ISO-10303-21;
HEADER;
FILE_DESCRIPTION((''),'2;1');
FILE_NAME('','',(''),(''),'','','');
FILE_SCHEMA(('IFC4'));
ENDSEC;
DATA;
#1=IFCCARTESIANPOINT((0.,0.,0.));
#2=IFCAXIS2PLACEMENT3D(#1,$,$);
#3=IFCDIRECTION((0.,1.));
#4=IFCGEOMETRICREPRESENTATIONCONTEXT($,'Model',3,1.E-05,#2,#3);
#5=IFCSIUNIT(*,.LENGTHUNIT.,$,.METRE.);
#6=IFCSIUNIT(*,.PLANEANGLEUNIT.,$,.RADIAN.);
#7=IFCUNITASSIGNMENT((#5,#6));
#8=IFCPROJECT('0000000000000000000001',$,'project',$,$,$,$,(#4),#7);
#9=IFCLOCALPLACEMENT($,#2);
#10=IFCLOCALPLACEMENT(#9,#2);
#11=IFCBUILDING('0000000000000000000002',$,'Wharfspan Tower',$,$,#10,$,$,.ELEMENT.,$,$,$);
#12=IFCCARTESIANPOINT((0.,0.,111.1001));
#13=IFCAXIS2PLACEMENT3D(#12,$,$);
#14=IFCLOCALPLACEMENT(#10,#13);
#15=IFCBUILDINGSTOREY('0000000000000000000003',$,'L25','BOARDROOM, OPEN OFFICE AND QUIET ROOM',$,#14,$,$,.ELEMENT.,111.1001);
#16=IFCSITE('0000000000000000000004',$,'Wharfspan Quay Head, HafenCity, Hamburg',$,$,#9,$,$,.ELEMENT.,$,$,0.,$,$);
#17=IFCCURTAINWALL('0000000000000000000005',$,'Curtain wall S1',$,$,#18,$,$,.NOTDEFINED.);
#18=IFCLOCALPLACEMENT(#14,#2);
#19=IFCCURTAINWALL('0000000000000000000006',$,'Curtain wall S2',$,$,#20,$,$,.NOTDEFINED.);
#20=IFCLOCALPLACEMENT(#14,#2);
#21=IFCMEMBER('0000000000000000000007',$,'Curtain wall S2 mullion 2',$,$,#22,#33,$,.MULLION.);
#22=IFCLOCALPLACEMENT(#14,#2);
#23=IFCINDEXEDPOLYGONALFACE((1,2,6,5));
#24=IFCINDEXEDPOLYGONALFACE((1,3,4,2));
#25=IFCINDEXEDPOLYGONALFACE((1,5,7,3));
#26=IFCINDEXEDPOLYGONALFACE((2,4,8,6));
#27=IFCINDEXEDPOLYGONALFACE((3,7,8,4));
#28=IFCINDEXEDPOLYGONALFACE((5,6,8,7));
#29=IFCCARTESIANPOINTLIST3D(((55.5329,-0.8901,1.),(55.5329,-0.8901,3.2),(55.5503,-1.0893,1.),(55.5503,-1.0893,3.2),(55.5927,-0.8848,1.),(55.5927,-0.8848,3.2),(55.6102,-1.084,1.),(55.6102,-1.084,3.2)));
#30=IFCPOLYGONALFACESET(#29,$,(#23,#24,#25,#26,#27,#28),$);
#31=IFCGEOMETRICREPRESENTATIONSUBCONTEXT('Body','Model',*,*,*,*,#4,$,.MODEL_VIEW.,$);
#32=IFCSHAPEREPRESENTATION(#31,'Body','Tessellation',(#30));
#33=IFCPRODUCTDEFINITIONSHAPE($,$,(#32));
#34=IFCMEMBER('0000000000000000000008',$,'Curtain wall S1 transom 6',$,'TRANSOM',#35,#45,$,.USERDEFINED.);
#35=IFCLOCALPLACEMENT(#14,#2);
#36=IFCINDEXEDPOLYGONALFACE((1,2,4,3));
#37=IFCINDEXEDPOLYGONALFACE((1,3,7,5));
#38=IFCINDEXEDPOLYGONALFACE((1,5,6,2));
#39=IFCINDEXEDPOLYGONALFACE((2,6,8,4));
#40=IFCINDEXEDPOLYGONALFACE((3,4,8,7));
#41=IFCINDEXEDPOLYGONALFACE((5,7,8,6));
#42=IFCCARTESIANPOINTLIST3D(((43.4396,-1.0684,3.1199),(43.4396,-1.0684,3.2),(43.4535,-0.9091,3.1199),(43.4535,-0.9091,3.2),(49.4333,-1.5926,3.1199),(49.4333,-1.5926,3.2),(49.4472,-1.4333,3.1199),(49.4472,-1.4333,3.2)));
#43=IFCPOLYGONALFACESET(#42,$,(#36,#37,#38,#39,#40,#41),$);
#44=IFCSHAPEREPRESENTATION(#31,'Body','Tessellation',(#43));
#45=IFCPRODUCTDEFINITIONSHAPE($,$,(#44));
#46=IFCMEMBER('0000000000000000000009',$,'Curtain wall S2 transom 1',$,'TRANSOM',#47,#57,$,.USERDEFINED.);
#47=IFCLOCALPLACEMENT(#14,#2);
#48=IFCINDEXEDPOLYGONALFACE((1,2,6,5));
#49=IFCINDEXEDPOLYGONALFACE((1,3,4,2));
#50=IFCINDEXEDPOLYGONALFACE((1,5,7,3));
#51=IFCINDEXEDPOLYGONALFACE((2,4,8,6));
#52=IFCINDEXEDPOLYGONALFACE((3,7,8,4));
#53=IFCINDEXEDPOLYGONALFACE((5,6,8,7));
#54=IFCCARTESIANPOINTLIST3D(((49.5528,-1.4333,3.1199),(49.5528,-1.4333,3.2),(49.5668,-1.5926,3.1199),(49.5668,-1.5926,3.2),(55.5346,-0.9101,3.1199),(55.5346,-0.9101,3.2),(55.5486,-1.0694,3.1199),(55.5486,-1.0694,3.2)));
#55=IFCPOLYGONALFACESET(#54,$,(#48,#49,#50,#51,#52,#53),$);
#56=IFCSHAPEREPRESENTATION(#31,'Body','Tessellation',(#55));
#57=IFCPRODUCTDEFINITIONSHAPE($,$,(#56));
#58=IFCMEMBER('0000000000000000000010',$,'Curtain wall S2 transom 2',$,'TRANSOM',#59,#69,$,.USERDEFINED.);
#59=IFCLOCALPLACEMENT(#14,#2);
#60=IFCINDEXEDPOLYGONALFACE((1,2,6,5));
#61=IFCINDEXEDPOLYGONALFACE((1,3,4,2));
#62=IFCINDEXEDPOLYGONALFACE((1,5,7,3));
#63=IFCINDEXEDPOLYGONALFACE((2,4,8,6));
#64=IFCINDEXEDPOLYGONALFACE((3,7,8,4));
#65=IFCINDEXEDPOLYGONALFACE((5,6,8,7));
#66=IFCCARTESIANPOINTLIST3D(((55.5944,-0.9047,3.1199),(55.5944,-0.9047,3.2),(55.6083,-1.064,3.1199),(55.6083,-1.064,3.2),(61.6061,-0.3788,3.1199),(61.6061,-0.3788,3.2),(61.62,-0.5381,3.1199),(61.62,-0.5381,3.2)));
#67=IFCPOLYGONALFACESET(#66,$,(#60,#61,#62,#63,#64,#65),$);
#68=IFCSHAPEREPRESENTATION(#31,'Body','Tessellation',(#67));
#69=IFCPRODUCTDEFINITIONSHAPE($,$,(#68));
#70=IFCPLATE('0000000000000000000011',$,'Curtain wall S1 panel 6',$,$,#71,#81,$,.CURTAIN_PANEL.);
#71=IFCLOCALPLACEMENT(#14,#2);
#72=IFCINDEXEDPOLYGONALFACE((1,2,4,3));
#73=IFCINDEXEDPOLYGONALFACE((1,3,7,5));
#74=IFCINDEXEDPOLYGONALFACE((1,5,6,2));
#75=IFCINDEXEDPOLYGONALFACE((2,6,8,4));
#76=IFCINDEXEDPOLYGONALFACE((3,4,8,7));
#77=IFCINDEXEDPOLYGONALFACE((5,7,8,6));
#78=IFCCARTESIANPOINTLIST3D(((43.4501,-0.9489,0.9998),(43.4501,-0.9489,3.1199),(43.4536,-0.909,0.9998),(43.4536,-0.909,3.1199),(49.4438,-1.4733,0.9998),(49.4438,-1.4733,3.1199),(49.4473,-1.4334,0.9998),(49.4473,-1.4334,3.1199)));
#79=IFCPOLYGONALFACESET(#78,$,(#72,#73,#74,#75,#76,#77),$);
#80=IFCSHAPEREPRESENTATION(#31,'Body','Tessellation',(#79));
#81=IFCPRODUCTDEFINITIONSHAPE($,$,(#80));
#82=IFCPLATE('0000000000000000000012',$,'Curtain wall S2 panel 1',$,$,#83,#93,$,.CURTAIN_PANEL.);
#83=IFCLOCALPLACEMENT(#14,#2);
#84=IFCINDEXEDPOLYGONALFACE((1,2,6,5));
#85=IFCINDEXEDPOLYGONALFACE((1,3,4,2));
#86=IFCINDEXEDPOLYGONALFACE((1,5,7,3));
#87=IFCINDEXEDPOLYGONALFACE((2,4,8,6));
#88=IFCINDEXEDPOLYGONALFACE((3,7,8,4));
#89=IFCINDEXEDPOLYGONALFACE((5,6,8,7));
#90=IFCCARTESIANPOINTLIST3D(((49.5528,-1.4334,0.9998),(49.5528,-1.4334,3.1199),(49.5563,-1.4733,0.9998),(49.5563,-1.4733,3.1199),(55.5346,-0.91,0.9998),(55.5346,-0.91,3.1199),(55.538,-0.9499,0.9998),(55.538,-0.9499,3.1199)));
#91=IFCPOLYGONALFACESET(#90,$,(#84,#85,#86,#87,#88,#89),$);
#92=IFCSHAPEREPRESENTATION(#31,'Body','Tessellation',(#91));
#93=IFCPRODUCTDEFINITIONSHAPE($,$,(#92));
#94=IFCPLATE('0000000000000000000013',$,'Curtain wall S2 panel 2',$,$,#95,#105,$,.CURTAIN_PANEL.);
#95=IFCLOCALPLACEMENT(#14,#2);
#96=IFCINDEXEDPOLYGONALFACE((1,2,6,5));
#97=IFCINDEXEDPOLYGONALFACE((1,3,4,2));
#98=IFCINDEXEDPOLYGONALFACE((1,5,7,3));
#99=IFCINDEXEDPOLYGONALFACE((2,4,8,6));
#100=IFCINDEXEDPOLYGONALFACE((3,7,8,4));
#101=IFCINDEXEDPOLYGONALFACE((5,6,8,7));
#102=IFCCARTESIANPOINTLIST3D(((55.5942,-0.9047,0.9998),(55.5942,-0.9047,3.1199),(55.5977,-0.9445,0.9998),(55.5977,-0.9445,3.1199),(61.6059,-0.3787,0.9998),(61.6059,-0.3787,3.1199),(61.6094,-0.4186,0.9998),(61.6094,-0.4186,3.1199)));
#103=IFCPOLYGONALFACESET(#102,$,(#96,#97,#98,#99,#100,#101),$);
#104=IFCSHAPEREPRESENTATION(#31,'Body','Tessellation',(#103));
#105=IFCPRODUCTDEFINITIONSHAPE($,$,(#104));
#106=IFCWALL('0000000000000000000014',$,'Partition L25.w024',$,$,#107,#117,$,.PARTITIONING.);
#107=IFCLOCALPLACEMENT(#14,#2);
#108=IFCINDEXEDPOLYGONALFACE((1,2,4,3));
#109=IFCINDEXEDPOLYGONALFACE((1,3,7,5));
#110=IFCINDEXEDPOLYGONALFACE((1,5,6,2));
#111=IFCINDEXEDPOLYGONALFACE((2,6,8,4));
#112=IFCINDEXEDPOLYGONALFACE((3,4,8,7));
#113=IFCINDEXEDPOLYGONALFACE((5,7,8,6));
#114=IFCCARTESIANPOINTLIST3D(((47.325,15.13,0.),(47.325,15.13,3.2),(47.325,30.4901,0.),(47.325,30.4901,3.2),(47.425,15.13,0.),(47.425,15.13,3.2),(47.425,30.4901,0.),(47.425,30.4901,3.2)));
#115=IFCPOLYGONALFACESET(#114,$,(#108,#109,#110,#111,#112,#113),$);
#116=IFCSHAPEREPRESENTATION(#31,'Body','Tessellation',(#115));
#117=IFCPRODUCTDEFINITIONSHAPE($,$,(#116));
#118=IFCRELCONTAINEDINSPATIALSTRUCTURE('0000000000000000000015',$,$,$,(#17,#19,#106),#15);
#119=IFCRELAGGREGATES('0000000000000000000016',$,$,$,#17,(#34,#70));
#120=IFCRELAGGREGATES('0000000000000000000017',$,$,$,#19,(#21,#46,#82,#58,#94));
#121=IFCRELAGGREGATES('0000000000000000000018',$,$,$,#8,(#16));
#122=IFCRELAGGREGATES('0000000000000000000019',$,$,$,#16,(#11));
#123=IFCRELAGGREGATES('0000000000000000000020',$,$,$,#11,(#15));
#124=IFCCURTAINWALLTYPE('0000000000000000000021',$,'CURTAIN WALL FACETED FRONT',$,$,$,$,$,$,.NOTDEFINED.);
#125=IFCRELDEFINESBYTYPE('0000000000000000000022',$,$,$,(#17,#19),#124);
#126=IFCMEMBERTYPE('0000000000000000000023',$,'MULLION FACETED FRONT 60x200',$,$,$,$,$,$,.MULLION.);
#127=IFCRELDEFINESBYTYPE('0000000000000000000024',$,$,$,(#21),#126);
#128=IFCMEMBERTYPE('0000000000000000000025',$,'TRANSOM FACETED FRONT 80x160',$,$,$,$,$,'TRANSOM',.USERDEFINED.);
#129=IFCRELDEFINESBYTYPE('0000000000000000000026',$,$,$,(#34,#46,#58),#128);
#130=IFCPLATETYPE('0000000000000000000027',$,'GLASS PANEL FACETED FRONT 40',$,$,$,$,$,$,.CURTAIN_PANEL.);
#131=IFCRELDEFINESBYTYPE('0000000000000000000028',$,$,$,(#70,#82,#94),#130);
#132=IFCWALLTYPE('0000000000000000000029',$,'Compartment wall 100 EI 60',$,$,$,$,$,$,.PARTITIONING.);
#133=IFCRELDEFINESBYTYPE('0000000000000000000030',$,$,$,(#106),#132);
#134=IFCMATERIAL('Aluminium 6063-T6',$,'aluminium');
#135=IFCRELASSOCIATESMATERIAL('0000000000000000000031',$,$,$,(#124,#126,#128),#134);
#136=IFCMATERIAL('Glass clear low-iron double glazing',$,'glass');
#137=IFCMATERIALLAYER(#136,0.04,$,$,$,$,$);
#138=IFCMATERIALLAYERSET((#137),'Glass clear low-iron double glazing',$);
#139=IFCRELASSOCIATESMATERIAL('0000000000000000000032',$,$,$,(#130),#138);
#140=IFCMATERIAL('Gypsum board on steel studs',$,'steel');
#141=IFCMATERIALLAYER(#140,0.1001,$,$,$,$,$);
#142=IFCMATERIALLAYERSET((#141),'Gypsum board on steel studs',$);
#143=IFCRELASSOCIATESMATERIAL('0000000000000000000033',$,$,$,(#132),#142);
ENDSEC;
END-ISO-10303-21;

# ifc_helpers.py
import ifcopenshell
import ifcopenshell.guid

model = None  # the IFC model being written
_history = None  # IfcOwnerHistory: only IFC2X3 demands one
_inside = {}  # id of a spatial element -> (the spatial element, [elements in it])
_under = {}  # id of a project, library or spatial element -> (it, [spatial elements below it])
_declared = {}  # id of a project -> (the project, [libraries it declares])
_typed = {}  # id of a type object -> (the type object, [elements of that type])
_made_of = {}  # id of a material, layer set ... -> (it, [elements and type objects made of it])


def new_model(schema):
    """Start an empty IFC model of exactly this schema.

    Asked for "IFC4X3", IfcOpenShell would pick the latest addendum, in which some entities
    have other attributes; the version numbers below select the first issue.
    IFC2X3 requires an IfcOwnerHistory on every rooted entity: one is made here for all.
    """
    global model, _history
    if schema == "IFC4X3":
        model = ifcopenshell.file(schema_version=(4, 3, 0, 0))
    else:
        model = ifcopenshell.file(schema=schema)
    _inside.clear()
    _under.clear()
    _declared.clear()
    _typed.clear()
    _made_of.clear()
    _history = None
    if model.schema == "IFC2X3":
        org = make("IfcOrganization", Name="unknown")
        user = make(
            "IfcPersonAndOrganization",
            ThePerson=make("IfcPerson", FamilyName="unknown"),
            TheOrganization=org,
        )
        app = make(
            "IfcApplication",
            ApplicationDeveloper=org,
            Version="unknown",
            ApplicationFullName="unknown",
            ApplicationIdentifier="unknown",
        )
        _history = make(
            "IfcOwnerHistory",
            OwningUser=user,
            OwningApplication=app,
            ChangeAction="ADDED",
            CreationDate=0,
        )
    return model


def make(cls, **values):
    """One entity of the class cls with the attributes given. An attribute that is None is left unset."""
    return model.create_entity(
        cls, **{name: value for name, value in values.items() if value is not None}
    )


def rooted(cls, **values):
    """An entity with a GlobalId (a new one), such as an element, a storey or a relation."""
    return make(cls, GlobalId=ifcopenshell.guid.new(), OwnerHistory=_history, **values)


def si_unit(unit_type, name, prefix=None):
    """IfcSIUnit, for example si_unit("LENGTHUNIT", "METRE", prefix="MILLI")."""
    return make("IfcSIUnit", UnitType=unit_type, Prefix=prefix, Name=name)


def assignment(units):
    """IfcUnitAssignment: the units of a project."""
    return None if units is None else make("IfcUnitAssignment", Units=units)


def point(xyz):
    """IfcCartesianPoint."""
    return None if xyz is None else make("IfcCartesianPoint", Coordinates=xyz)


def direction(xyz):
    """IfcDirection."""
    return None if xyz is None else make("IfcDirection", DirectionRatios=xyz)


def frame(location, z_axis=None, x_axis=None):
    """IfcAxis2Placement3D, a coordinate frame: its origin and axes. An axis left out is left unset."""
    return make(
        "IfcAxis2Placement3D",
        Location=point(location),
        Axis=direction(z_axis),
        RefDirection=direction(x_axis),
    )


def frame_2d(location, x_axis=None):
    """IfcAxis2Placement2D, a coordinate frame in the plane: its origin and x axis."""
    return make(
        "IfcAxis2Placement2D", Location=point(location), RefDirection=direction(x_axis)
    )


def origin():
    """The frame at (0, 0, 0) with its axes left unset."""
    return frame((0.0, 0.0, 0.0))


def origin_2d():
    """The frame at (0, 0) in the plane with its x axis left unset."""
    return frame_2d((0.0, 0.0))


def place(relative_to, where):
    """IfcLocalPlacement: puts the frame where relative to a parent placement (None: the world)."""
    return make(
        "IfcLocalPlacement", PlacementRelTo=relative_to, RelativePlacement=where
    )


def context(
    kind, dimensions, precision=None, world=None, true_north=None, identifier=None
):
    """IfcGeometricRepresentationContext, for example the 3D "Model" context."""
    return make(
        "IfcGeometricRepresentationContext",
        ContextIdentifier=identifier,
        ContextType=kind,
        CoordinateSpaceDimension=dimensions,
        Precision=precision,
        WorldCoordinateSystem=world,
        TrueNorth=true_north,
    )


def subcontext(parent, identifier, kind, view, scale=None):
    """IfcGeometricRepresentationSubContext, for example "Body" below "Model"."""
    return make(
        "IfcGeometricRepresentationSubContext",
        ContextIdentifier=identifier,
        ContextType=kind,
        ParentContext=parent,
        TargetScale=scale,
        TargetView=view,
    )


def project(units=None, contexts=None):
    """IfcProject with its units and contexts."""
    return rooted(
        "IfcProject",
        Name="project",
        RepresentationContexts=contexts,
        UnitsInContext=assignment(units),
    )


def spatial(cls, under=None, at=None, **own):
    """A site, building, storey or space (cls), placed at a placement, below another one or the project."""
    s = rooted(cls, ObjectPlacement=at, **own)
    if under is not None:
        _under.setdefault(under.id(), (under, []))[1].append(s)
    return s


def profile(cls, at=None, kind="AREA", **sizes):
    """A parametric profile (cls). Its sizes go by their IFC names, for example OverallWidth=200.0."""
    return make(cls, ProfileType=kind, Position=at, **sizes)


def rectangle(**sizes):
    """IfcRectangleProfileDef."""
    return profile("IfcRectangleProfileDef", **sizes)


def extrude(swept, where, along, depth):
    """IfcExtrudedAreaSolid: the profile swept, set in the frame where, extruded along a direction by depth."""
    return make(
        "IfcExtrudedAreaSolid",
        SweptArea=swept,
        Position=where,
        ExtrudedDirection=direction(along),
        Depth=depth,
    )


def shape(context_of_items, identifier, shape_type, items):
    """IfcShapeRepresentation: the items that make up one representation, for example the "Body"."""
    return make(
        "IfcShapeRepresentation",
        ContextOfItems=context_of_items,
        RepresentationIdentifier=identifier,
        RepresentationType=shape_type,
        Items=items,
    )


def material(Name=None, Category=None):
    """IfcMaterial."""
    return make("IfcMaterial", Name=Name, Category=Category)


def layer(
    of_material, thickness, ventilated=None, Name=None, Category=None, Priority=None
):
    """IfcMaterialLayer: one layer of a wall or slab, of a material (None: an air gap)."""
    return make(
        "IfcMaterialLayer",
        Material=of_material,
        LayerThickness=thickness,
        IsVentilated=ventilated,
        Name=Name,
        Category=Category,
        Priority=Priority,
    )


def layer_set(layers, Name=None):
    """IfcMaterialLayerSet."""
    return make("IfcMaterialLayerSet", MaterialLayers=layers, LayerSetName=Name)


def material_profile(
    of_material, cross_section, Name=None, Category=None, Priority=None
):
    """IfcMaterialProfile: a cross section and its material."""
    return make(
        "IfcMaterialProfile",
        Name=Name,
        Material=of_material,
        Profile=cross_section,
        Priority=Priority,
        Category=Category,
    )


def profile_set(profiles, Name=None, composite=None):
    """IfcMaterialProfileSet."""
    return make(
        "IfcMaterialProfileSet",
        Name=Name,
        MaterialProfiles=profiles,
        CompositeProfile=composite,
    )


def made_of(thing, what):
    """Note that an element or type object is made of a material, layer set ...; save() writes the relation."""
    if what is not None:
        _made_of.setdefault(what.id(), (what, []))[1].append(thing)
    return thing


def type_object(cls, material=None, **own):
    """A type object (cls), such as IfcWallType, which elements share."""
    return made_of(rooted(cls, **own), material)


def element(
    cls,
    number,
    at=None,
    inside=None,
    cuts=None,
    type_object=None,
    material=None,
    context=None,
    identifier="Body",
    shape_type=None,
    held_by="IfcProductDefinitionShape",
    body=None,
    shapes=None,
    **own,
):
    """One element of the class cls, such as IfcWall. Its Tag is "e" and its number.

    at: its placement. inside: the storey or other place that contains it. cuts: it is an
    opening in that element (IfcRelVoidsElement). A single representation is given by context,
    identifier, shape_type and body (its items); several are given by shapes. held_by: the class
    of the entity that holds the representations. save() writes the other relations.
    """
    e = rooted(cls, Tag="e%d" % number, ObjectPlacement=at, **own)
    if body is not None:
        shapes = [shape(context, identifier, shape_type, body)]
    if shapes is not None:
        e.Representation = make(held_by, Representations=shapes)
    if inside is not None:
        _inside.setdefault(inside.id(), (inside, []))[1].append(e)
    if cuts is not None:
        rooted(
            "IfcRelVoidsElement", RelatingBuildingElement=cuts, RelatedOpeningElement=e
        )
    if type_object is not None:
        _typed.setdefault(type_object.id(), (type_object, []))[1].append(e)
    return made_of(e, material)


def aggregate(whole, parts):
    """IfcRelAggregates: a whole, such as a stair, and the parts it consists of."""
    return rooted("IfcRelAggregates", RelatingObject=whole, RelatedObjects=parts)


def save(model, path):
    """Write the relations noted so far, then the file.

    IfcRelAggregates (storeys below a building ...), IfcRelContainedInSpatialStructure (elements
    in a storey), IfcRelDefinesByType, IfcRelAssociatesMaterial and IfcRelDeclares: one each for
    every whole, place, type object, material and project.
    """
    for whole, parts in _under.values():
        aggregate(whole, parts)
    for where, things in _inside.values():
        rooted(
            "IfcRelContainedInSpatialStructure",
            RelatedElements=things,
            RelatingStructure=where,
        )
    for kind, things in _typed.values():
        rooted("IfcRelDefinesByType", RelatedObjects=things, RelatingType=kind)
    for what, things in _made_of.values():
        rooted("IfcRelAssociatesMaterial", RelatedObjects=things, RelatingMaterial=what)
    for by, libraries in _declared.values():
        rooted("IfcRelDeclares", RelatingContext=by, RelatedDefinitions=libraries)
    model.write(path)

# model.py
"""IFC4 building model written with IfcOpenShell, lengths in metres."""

from ifc_helpers import new_model, si_unit, direction, frame, frame_2d, origin, origin_2d, place, context, subcontext, project, spatial, rectangle, extrude, material, layer, layer_set, material_profile, profile_set, type_object, element, aggregate, save


model = new_model("IFC4")

# Units and contexts
model_context = context("Model", 3, precision=1e-05, world=origin(), true_north=direction((0.0, 1.0)))
body_context = subcontext(model_context, "Body", "Model", "MODEL_VIEW")
ifc_project = project(units=[si_unit("LENGTHUNIT", "METRE"), si_unit("PLANEANGLEUNIT", "RADIAN")], contexts=[model_context])

# Site, building, storey
site_placement = place(None, origin())
site = spatial("IfcSite", under=ifc_project, at=site_placement, Name="Wharfspan Quay Head, HafenCity, Hamburg", CompositionType="ELEMENT", RefElevation=0.0)
building_placement = place(site_placement, origin())
building = spatial("IfcBuilding", under=site, at=building_placement, Name="Wharfspan Tower", CompositionType="ELEMENT")
storey_placement = place(building_placement, frame((0.0, 0.0, 111.1001)))
storey = spatial("IfcBuildingStorey", under=building, at=storey_placement, Name="L25", Description="BOARDROOM, OPEN OFFICE AND QUIET ROOM", CompositionType="ELEMENT", Elevation=111.1001)

# Curtain walls, member
ifc_material_1 = material(Name="Aluminium 6063-T6", Category="aluminium")
curtain_wall_type = type_object("IfcCurtainWallType", Name="CURTAIN WALL FACETED FRONT", PredefinedType="NOTDEFINED", material=ifc_material_1)
curtain_wall_1_placement = place(storey_placement, origin())
curtain_wall_1 = element("IfcCurtainWall", 1, at=curtain_wall_1_placement, inside=storey, type_object=curtain_wall_type, Name="Curtain wall S1", PredefinedType="NOTDEFINED")
ifc_material_profile_1 = material_profile(ifc_material_1, rectangle(XDim=0.2, YDim=0.0601, at=origin_2d()))
ifc_profile_set_1 = profile_set([ifc_material_profile_1], Name="Aluminium 6063-T6")
member_type_1 = type_object("IfcMemberType", Name="MULLION FACETED FRONT 60x200", PredefinedType="MULLION", material=ifc_profile_set_1)
curtain_wall_2_placement = place(storey_placement, origin())
curtain_wall_2 = element("IfcCurtainWall", 2, at=curtain_wall_2_placement, inside=storey, type_object=curtain_wall_type, Name="Curtain wall S2", PredefinedType="NOTDEFINED")
member_1_placement = place(storey_placement, frame((55.5715, -0.9871, 1.0), z_axis=(0.0, 0.0, 1.0), x_axis=(-0.087156, 0.996198, 0.0)))
member_1 = element("IfcMember", 3, at=member_1_placement, type_object=member_type_1, Name="Curtain wall S2 mullion 2", PredefinedType="MULLION", context=body_context, shape_type="SweptSolid", body=[
    extrude(rectangle(XDim=0.2, YDim=0.0601, at=origin_2d()), origin(), (0.0, 0.0, 1.0), 2.2),
])

# Members
ifc_material_profile_2 = material_profile(ifc_material_1, rectangle(XDim=0.1599, YDim=0.0801, at=origin_2d()))
ifc_profile_set_2 = profile_set([ifc_material_profile_2], Name="Aluminium 6063-T6")
member_type_2 = type_object("IfcMemberType", Name="TRANSOM FACETED FRONT 80x160", ElementType="TRANSOM", PredefinedType="USERDEFINED", material=ifc_profile_set_2)
member_2_placement = place(storey_placement, frame((43.4465, -0.9888, 3.1599), z_axis=(0.996198, -0.087122, 0.0), x_axis=(0.087122, 0.996198, 0.0)))
member_2 = element("IfcMember", 4, at=member_2_placement, type_object=member_type_2, Name="Curtain wall S1 transom 6", ObjectType="TRANSOM", PredefinedType="USERDEFINED", context=body_context, shape_type="SweptSolid", body=[
    extrude(rectangle(XDim=0.1599, YDim=0.0801, at=origin_2d()), origin(), (0.0, 0.0, 1.0), 6.0166),
])
member_3_placement = place(storey_placement, frame((49.5598, -1.5129, 3.1599), z_axis=(0.996197, 0.087133, 0.0), x_axis=(-0.087133, 0.996197, 0.0)))
member_3 = element("IfcMember", 5, at=member_3_placement, type_object=member_type_2, Name="Curtain wall S2 transom 1", ObjectType="TRANSOM", PredefinedType="USERDEFINED", context=body_context, shape_type="SweptSolid", body=[
    extrude(rectangle(XDim=0.1599, YDim=0.0801, at=origin_2d()), origin(), (0.0, 0.0, 1.0), 6.0046),
])
member_4_placement = place(storey_placement, frame((55.6013, -0.9844, 3.1599), z_axis=(0.996196, 0.087143, 0.0), x_axis=(-0.087143, 0.996196, 0.0)))
member_4 = element("IfcMember", 6, at=member_4_placement, type_object=member_type_2, Name="Curtain wall S2 transom 2", ObjectType="TRANSOM", PredefinedType="USERDEFINED", context=body_context, shape_type="SweptSolid", body=[
    extrude(rectangle(XDim=0.1599, YDim=0.0801, at=origin_2d()), origin(), (0.0, 0.0, 1.0), 6.0347),
])

# Plates
ifc_material_2 = material(Name="Glass clear low-iron double glazing", Category="glass")
ifc_layer_1 = layer(ifc_material_2, 0.04)
ifc_layer_set_1 = layer_set([ifc_layer_1], Name="Glass clear low-iron double glazing")
plate_type = type_object("IfcPlateType", Name="GLASS PANEL FACETED FRONT 40", PredefinedType="CURTAIN_PANEL", material=ifc_layer_set_1)
plate_1_placement = place(storey_placement, frame((46.4487, -1.1912, 0.9998), z_axis=(0.0, 0.0, 1.0), x_axis=(0.996198, -0.087156, 0.0)))
plate_1 = element("IfcPlate", 7, at=plate_1_placement, type_object=plate_type, Name="Curtain wall S1 panel 6", PredefinedType="CURTAIN_PANEL", context=body_context, shape_type="SweptSolid", body=[
    extrude(rectangle(XDim=6.0166, YDim=0.04, at=origin_2d()), origin(), (0.0, 0.0, 1.0), 2.1201),
])
aggregate(curtain_wall_1, [member_2, plate_1])
plate_2_placement = place(storey_placement, frame((52.5454, -1.1917, 0.9998), z_axis=(0.0, 0.0, 1.0), x_axis=(0.996198, 0.087156, 0.0)))
plate_2 = element("IfcPlate", 8, at=plate_2_placement, type_object=plate_type, Name="Curtain wall S2 panel 1", PredefinedType="CURTAIN_PANEL", context=body_context, shape_type="SweptSolid", body=[
    extrude(rectangle(XDim=6.0046, YDim=0.04, at=origin_2d()), origin(), (0.0, 0.0, 1.0), 2.1201),
])
plate_3_placement = place(storey_placement, frame((58.6018, -0.6616, 0.9998), z_axis=(0.0, 0.0, 1.0), x_axis=(0.996198, 0.087156, 0.0)))
plate_3 = element("IfcPlate", 9, at=plate_3_placement, type_object=plate_type, Name="Curtain wall S2 panel 2", PredefinedType="CURTAIN_PANEL", context=body_context, shape_type="SweptSolid", body=[
    extrude(rectangle(XDim=6.0347, YDim=0.04, at=origin_2d()), origin(), (0.0, 0.0, 1.0), 2.1201),
])
aggregate(curtain_wall_2, [member_1, member_3, plate_2, member_4, plate_3])

# Wall
ifc_material_3 = material(Name="Gypsum board on steel studs", Category="steel")
ifc_layer_2 = layer(ifc_material_3, 0.1001)
ifc_layer_set_2 = layer_set([ifc_layer_2], Name="Gypsum board on steel studs")
wall_type_1 = type_object("IfcWallType", Name="Compartment wall 100 EI 60", PredefinedType="PARTITIONING", material=ifc_layer_set_2)
wall_1_placement = place(storey_placement, frame((47.375, 15.1299, 0.0), z_axis=(0.0, 0.0, 1.0), x_axis=(0.0, 1.0, 0.0)))
element("IfcWall", 10, at=wall_1_placement, inside=storey, type_object=wall_type_1, Name="Partition L25.w024", PredefinedType="PARTITIONING", context=body_context, shape_type="SweptSolid", body=[
    extrude(rectangle(XDim=15.3601, YDim=0.1001, at=frame_2d((7.6802, 0.0))), origin(), (0.0, 0.0, 1.0), 3.2),
])

save(model, "model.ifc")
